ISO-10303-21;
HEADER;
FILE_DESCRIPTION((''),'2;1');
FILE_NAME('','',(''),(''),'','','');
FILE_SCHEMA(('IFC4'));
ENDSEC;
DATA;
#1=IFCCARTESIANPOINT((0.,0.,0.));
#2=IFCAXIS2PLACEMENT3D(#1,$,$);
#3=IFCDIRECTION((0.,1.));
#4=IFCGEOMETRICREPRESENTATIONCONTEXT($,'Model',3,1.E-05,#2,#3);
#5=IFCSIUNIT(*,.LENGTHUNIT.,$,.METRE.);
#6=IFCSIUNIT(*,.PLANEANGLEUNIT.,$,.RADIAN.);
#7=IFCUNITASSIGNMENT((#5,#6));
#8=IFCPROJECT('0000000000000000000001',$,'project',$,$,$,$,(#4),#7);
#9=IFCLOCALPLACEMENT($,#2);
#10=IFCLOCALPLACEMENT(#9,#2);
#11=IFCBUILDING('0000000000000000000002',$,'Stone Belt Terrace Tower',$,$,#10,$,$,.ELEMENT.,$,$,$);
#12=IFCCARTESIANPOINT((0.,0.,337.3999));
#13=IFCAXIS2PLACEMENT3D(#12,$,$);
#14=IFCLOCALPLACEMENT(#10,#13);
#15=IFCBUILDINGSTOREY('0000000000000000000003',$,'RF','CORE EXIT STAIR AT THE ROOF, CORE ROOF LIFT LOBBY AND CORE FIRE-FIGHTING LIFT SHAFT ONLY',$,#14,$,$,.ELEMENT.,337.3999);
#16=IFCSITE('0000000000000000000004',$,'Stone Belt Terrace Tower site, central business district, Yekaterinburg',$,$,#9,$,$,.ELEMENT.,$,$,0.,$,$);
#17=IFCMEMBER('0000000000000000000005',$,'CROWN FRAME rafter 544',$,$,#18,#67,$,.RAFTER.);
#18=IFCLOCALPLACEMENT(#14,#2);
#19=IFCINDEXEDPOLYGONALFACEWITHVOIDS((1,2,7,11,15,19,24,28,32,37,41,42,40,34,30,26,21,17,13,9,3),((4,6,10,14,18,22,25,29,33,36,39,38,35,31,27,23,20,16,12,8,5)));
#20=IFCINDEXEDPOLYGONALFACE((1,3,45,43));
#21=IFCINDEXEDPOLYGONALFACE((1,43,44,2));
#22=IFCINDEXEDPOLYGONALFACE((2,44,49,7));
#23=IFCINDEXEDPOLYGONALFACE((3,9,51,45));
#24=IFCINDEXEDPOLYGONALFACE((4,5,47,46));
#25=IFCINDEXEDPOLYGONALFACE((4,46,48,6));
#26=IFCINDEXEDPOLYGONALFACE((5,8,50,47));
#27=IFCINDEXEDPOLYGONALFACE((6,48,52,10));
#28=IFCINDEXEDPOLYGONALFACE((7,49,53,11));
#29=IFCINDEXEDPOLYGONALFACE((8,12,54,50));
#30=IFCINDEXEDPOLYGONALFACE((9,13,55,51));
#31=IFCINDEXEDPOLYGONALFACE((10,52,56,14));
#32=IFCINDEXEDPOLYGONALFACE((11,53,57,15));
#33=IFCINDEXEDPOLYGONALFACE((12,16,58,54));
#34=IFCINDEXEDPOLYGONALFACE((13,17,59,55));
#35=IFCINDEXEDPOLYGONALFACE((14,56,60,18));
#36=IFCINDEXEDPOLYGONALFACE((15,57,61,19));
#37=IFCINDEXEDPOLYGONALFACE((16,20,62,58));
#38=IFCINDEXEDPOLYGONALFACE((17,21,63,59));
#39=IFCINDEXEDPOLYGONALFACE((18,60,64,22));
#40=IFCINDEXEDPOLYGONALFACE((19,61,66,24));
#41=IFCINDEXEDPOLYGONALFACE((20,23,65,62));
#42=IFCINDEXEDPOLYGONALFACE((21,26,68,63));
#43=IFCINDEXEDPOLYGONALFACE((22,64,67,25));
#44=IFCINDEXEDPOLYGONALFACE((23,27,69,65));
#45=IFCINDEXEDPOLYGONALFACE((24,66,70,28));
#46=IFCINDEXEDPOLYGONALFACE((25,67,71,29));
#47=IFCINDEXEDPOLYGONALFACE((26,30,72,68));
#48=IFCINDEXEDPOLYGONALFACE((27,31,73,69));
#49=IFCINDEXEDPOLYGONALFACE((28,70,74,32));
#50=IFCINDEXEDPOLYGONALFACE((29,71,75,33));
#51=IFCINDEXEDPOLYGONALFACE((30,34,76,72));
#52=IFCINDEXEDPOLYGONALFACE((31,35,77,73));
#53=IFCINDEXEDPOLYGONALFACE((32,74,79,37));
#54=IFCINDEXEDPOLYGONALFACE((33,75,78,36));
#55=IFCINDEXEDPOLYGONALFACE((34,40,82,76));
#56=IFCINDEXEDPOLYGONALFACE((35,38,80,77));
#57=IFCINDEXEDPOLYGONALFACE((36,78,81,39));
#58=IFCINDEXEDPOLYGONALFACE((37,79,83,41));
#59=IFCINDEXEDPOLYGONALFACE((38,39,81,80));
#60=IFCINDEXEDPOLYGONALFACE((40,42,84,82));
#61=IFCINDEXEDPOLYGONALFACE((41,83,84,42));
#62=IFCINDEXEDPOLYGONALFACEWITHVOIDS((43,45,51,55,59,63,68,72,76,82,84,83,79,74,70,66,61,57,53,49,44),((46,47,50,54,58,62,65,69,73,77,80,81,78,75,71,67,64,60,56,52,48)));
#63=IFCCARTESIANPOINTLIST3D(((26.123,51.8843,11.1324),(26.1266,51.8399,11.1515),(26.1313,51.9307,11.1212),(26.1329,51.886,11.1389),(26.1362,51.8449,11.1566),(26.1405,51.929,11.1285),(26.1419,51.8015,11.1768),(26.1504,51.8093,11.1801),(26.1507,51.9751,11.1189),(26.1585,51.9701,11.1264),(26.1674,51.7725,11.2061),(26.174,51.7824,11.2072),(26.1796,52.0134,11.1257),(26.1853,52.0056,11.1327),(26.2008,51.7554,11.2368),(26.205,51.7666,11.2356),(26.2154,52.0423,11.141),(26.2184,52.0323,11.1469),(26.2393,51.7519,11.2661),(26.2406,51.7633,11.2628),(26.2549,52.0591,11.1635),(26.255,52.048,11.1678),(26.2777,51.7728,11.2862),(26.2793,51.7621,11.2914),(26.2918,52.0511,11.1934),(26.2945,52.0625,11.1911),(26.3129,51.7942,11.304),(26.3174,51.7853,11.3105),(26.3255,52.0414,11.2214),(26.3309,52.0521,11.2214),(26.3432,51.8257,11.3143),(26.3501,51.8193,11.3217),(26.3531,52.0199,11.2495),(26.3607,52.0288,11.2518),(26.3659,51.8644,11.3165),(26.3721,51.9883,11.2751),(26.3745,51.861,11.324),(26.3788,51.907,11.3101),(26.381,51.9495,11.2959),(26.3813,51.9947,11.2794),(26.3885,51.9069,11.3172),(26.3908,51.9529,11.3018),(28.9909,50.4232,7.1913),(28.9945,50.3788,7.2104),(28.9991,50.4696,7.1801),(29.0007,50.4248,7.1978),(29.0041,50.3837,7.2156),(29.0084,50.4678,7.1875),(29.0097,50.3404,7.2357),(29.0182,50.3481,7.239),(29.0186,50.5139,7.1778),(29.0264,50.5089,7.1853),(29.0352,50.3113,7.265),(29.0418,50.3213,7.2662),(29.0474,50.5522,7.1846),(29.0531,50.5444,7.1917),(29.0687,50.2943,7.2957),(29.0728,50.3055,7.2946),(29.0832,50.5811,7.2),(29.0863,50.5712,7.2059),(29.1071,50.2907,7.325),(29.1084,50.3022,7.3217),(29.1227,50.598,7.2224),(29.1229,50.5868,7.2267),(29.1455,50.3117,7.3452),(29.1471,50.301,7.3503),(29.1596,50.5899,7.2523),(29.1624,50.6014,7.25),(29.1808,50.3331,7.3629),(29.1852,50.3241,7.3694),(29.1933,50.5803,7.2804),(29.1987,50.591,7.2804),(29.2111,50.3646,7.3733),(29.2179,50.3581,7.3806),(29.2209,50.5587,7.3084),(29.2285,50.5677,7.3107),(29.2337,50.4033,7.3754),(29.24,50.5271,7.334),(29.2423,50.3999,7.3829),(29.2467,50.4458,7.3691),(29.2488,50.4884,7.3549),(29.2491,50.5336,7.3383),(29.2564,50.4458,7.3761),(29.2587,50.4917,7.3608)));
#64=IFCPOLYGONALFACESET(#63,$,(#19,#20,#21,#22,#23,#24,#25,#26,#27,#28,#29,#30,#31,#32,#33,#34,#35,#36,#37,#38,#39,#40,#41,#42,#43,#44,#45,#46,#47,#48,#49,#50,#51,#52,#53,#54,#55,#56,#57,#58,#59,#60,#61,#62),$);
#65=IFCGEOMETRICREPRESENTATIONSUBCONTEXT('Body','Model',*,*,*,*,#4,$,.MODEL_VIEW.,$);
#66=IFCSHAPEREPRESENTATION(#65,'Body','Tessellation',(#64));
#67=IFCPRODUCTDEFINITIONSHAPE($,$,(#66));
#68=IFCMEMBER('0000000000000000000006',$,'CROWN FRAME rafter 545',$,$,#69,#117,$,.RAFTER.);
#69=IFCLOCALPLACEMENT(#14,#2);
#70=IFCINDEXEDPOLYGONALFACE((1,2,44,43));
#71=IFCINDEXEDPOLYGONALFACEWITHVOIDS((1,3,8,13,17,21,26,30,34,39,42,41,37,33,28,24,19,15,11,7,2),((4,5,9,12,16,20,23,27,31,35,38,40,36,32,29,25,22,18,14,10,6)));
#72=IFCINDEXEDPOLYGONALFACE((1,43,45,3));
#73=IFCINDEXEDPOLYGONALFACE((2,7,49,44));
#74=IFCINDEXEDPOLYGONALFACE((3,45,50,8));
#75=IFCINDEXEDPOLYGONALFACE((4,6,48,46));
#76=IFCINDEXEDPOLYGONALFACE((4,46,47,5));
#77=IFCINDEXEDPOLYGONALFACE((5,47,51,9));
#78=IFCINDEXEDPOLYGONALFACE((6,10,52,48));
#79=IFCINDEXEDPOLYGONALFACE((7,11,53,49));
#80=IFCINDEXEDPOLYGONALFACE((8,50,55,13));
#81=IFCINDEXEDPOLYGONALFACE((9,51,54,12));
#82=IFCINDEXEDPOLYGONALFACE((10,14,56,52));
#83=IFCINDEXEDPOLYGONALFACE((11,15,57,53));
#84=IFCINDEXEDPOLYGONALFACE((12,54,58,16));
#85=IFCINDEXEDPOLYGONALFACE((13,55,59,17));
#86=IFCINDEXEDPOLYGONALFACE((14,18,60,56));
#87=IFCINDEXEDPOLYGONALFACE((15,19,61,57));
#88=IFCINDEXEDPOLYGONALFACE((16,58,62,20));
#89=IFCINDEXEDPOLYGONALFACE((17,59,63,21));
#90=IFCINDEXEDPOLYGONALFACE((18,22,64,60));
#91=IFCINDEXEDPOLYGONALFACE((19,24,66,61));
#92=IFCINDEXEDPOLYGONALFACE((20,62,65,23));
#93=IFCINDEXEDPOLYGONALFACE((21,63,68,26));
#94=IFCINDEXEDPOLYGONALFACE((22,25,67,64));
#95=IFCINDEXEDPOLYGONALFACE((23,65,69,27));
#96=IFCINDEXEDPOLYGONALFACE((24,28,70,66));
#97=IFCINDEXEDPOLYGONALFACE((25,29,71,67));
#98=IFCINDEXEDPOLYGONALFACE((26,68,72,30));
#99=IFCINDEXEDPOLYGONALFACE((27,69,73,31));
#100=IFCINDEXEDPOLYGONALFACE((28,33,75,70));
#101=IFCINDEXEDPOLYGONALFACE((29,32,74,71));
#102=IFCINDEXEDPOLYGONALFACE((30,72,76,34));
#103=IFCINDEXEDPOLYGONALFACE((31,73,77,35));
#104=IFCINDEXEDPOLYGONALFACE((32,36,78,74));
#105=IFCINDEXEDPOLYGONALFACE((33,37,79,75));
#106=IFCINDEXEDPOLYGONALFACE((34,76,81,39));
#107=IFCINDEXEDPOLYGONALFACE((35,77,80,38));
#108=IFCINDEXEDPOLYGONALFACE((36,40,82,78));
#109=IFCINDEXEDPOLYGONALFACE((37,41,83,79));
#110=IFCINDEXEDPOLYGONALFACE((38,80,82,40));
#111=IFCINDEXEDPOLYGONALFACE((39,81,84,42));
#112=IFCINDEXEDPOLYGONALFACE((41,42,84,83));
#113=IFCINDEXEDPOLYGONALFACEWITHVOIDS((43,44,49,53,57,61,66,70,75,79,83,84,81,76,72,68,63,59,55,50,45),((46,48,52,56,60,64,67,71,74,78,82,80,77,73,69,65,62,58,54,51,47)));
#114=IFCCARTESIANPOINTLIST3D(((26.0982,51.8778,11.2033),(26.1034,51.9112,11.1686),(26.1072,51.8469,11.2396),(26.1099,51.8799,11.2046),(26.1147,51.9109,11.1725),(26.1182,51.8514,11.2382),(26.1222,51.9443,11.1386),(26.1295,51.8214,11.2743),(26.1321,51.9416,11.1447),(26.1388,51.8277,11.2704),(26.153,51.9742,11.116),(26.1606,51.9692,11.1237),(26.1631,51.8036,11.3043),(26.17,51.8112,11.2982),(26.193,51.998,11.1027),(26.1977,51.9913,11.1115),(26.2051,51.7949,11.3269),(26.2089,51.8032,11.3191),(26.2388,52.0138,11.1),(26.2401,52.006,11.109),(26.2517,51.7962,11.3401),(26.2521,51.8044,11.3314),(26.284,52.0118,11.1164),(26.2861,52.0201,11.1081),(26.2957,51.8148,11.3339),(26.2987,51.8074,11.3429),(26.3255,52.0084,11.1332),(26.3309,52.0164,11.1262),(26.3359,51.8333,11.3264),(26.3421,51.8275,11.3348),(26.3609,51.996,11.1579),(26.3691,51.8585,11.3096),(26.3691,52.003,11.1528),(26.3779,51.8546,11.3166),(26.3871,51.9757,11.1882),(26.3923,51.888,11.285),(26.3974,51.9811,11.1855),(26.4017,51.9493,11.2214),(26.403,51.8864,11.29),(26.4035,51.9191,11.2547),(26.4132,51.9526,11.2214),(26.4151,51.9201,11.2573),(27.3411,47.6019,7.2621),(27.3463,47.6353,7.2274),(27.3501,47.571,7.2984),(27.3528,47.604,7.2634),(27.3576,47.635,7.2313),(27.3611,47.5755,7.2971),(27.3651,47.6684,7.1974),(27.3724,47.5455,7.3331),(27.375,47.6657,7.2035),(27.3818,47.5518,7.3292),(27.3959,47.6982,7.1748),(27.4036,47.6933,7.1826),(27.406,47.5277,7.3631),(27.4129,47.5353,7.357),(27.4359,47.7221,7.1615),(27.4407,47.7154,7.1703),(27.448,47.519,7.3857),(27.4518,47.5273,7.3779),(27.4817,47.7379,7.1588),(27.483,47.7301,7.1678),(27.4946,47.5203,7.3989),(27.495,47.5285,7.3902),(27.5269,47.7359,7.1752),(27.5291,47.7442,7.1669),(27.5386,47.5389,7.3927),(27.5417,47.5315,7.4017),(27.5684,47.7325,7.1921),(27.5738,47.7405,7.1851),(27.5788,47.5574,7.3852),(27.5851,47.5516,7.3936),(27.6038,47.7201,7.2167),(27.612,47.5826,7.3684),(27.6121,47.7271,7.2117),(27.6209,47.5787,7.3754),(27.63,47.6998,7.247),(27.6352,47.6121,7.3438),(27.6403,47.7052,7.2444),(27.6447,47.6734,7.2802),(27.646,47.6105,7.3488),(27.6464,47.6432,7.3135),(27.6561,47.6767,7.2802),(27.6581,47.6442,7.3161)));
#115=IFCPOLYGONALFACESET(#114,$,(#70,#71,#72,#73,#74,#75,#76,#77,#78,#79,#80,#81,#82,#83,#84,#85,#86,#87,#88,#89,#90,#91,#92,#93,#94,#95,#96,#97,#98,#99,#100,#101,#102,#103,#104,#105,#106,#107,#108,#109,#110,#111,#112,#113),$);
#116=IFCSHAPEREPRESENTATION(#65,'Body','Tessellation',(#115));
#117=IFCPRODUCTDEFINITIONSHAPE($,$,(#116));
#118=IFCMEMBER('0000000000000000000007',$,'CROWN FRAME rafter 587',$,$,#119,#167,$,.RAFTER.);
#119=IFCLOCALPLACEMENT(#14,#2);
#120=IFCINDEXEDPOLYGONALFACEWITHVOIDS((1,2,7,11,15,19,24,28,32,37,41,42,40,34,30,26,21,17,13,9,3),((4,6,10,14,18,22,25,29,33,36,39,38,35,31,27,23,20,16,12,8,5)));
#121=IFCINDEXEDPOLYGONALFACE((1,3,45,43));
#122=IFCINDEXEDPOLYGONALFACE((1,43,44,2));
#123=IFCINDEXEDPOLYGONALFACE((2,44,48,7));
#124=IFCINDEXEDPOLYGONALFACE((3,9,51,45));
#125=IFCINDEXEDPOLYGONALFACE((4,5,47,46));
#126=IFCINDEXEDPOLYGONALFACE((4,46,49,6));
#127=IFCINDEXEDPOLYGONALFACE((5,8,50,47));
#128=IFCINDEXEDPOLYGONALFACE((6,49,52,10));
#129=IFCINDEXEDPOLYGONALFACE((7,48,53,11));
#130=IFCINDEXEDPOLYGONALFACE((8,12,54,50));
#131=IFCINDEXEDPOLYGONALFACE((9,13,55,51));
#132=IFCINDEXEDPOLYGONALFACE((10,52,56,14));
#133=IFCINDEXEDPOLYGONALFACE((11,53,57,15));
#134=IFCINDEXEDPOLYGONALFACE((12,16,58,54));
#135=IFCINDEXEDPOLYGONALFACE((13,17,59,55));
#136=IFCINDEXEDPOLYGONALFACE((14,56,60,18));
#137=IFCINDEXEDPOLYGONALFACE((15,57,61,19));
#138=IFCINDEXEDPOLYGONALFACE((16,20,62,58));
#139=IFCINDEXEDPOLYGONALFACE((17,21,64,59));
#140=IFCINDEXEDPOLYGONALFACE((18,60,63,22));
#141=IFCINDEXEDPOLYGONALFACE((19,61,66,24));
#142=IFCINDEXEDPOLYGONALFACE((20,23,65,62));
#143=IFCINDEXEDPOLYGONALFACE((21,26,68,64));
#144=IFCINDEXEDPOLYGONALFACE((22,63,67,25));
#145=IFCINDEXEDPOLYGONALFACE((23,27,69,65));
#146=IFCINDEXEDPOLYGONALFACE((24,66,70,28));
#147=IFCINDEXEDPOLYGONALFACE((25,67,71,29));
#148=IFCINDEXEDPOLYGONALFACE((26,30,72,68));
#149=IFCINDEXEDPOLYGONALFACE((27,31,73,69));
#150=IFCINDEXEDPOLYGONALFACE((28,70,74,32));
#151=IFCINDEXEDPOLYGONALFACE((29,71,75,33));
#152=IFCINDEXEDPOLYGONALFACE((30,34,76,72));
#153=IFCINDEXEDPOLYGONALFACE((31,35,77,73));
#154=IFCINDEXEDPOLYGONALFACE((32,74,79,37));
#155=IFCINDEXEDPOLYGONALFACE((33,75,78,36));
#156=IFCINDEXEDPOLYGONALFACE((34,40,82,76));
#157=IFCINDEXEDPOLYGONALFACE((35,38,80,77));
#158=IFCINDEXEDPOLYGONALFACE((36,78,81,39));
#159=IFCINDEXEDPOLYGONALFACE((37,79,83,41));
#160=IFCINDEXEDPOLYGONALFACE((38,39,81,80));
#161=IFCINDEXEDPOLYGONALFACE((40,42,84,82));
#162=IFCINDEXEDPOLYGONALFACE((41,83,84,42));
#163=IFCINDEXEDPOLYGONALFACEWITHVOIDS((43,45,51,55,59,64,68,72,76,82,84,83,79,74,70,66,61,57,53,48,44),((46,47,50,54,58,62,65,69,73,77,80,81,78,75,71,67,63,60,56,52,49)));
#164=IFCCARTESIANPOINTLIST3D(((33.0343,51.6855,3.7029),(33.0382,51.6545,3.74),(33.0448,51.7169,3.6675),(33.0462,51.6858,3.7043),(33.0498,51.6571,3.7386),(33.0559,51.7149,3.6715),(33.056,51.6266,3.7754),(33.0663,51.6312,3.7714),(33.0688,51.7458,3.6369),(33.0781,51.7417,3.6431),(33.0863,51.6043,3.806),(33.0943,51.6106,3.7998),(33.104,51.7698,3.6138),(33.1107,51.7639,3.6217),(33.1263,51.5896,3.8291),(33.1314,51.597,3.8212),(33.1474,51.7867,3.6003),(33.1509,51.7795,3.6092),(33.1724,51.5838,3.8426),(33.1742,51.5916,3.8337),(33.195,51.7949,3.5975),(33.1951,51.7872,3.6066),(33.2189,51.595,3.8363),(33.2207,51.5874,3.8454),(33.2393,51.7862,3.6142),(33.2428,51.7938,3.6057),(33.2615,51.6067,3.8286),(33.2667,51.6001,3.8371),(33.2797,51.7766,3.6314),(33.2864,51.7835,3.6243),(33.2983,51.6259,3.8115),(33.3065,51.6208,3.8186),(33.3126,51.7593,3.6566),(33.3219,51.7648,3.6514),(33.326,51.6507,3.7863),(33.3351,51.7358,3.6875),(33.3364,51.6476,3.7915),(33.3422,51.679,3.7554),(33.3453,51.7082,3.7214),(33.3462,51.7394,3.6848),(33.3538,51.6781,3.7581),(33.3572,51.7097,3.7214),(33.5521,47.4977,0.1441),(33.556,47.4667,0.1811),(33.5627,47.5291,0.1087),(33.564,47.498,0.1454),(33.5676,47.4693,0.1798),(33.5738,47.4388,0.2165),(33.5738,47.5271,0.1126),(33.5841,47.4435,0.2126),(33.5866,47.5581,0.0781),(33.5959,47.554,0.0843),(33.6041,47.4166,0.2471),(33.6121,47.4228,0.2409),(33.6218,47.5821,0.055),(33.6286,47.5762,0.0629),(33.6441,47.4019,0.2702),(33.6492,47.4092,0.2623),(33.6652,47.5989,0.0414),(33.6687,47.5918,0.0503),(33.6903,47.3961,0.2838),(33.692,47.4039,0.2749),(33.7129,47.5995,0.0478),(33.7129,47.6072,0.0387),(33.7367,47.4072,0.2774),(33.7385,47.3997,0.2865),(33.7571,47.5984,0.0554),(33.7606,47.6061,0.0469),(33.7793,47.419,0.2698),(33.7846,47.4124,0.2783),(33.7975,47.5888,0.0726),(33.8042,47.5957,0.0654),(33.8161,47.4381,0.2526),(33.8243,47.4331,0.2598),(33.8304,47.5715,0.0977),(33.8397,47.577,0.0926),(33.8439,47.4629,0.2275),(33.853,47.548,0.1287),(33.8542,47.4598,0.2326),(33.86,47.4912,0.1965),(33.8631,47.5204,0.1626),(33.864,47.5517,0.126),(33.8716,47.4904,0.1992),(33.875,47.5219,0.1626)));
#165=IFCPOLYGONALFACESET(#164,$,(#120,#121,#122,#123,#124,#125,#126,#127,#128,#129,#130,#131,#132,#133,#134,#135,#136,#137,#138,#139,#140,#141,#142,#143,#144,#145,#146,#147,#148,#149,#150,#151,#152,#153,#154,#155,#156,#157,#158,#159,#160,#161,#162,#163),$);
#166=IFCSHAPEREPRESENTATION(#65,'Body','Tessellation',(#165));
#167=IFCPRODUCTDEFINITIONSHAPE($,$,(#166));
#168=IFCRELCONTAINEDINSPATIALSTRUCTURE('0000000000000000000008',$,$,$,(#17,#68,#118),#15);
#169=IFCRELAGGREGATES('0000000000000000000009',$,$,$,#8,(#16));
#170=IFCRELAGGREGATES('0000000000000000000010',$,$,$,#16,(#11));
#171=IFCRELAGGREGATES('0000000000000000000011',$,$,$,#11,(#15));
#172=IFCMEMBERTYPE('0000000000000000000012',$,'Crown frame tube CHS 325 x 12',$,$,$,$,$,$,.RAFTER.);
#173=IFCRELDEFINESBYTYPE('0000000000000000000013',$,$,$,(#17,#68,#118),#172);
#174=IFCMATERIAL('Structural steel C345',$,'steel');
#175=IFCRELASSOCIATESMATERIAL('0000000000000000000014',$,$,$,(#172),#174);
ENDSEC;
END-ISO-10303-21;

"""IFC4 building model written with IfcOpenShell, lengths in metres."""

from ifc_helpers import new_model, si_unit, direction, frame, origin, origin_2d, place, context, subcontext, project, spatial, hollow_circle, extrude, material, material_profile, profile_set, type_object, element, save


model = new_model("IFC4")

# Units and contexts
model_context = context("Model", 3, precision=1e-05, world=origin(), true_north=direction((0.0, 1.0)))
body_context = subcontext(model_context, "Body", "Model", "MODEL_VIEW")
ifc_project = project(units=[si_unit("LENGTHUNIT", "METRE"), si_unit("PLANEANGLEUNIT", "RADIAN")], contexts=[model_context])

# Site, building, storey
site_placement = place(None, origin())
site = spatial("IfcSite", under=ifc_project, at=site_placement, Name="Stone Belt Terrace Tower site, central business district, Yekaterinburg", CompositionType="ELEMENT", RefElevation=0.0)
building_placement = place(site_placement, origin())
building = spatial("IfcBuilding", under=site, at=building_placement, Name="Stone Belt Terrace Tower", CompositionType="ELEMENT")
storey_placement = place(building_placement, frame((0.0, 0.0, 337.3999)))
storey = spatial("IfcBuildingStorey", under=building, at=storey_placement, Name="RF", Description="CORE EXIT STAIR AT THE ROOF, CORE ROOF LIFT LOBBY AND CORE FIRE-FIGHTING LIFT SHAFT ONLY", CompositionType="ELEMENT", Elevation=337.3999)

# Members
ifc_material_1 = material(Name="Structural steel C345", Category="steel")
ifc_material_profile_1 = material_profile(ifc_material_1, hollow_circle(Radius=0.1626, WallThickness=0.012, at=origin_2d()), Name="Structural steel C345 CHS 325x12")
ifc_profile_set_1 = profile_set([ifc_material_profile_1], Name="Structural steel C345")
member_type_1 = type_object("IfcMemberType", Name="Crown frame tube CHS 325 x 12", PredefinedType="RAFTER", material=ifc_profile_set_1)
member_1_placement = place(storey_placement, frame((26.2571, 51.9072, 11.2214), z_axis=(0.563609, -0.287154, -0.774524), x_axis=(0.453967, 0.891019, 0.0)))
element("IfcMember", 1, at=member_1_placement, inside=storey, type_object=member_type_1, Name="CROWN FRAME rafter 544", PredefinedType="RAFTER", context=body_context, shape_type="SweptSolid", body=[
    extrude(hollow_circle(Radius=0.1626, WallThickness=0.012, at=origin_2d()), origin(), (0.0, 0.0, 1.0), 5.0884),
])
member_2_placement = place(storey_placement, frame((26.2571, 51.9072, 11.2214), z_axis=(0.209017, -0.719059, -0.662771), x_axis=(0.960254, 0.279128, 0.0)))
element("IfcMember", 2, at=member_2_placement, inside=storey, type_object=member_type_1, Name="CROWN FRAME rafter 545", PredefinedType="RAFTER", context=body_context, shape_type="SweptSolid", body=[
    extrude(hollow_circle(Radius=0.1626, WallThickness=0.012, at=origin_2d()), origin(), (0.0, 0.0, 1.0), 5.9465),
])
member_3_placement = place(storey_placement, frame((33.1958, 51.6897, 3.7214), z_axis=(0.093808, -0.758646, -0.644714), x_axis=(0.992442, 0.122717, 0.0)))
element("IfcMember", 3, at=member_3_placement, inside=storey, type_object=member_type_1, Name="CROWN FRAME rafter 587", PredefinedType="RAFTER", context=body_context, shape_type="SweptSolid", body=[
    extrude(hollow_circle(Radius=0.1626, WallThickness=0.012, at=origin_2d()), origin(), (0.0, 0.0, 1.0), 5.52),
])

save(model, "model.ifc")
